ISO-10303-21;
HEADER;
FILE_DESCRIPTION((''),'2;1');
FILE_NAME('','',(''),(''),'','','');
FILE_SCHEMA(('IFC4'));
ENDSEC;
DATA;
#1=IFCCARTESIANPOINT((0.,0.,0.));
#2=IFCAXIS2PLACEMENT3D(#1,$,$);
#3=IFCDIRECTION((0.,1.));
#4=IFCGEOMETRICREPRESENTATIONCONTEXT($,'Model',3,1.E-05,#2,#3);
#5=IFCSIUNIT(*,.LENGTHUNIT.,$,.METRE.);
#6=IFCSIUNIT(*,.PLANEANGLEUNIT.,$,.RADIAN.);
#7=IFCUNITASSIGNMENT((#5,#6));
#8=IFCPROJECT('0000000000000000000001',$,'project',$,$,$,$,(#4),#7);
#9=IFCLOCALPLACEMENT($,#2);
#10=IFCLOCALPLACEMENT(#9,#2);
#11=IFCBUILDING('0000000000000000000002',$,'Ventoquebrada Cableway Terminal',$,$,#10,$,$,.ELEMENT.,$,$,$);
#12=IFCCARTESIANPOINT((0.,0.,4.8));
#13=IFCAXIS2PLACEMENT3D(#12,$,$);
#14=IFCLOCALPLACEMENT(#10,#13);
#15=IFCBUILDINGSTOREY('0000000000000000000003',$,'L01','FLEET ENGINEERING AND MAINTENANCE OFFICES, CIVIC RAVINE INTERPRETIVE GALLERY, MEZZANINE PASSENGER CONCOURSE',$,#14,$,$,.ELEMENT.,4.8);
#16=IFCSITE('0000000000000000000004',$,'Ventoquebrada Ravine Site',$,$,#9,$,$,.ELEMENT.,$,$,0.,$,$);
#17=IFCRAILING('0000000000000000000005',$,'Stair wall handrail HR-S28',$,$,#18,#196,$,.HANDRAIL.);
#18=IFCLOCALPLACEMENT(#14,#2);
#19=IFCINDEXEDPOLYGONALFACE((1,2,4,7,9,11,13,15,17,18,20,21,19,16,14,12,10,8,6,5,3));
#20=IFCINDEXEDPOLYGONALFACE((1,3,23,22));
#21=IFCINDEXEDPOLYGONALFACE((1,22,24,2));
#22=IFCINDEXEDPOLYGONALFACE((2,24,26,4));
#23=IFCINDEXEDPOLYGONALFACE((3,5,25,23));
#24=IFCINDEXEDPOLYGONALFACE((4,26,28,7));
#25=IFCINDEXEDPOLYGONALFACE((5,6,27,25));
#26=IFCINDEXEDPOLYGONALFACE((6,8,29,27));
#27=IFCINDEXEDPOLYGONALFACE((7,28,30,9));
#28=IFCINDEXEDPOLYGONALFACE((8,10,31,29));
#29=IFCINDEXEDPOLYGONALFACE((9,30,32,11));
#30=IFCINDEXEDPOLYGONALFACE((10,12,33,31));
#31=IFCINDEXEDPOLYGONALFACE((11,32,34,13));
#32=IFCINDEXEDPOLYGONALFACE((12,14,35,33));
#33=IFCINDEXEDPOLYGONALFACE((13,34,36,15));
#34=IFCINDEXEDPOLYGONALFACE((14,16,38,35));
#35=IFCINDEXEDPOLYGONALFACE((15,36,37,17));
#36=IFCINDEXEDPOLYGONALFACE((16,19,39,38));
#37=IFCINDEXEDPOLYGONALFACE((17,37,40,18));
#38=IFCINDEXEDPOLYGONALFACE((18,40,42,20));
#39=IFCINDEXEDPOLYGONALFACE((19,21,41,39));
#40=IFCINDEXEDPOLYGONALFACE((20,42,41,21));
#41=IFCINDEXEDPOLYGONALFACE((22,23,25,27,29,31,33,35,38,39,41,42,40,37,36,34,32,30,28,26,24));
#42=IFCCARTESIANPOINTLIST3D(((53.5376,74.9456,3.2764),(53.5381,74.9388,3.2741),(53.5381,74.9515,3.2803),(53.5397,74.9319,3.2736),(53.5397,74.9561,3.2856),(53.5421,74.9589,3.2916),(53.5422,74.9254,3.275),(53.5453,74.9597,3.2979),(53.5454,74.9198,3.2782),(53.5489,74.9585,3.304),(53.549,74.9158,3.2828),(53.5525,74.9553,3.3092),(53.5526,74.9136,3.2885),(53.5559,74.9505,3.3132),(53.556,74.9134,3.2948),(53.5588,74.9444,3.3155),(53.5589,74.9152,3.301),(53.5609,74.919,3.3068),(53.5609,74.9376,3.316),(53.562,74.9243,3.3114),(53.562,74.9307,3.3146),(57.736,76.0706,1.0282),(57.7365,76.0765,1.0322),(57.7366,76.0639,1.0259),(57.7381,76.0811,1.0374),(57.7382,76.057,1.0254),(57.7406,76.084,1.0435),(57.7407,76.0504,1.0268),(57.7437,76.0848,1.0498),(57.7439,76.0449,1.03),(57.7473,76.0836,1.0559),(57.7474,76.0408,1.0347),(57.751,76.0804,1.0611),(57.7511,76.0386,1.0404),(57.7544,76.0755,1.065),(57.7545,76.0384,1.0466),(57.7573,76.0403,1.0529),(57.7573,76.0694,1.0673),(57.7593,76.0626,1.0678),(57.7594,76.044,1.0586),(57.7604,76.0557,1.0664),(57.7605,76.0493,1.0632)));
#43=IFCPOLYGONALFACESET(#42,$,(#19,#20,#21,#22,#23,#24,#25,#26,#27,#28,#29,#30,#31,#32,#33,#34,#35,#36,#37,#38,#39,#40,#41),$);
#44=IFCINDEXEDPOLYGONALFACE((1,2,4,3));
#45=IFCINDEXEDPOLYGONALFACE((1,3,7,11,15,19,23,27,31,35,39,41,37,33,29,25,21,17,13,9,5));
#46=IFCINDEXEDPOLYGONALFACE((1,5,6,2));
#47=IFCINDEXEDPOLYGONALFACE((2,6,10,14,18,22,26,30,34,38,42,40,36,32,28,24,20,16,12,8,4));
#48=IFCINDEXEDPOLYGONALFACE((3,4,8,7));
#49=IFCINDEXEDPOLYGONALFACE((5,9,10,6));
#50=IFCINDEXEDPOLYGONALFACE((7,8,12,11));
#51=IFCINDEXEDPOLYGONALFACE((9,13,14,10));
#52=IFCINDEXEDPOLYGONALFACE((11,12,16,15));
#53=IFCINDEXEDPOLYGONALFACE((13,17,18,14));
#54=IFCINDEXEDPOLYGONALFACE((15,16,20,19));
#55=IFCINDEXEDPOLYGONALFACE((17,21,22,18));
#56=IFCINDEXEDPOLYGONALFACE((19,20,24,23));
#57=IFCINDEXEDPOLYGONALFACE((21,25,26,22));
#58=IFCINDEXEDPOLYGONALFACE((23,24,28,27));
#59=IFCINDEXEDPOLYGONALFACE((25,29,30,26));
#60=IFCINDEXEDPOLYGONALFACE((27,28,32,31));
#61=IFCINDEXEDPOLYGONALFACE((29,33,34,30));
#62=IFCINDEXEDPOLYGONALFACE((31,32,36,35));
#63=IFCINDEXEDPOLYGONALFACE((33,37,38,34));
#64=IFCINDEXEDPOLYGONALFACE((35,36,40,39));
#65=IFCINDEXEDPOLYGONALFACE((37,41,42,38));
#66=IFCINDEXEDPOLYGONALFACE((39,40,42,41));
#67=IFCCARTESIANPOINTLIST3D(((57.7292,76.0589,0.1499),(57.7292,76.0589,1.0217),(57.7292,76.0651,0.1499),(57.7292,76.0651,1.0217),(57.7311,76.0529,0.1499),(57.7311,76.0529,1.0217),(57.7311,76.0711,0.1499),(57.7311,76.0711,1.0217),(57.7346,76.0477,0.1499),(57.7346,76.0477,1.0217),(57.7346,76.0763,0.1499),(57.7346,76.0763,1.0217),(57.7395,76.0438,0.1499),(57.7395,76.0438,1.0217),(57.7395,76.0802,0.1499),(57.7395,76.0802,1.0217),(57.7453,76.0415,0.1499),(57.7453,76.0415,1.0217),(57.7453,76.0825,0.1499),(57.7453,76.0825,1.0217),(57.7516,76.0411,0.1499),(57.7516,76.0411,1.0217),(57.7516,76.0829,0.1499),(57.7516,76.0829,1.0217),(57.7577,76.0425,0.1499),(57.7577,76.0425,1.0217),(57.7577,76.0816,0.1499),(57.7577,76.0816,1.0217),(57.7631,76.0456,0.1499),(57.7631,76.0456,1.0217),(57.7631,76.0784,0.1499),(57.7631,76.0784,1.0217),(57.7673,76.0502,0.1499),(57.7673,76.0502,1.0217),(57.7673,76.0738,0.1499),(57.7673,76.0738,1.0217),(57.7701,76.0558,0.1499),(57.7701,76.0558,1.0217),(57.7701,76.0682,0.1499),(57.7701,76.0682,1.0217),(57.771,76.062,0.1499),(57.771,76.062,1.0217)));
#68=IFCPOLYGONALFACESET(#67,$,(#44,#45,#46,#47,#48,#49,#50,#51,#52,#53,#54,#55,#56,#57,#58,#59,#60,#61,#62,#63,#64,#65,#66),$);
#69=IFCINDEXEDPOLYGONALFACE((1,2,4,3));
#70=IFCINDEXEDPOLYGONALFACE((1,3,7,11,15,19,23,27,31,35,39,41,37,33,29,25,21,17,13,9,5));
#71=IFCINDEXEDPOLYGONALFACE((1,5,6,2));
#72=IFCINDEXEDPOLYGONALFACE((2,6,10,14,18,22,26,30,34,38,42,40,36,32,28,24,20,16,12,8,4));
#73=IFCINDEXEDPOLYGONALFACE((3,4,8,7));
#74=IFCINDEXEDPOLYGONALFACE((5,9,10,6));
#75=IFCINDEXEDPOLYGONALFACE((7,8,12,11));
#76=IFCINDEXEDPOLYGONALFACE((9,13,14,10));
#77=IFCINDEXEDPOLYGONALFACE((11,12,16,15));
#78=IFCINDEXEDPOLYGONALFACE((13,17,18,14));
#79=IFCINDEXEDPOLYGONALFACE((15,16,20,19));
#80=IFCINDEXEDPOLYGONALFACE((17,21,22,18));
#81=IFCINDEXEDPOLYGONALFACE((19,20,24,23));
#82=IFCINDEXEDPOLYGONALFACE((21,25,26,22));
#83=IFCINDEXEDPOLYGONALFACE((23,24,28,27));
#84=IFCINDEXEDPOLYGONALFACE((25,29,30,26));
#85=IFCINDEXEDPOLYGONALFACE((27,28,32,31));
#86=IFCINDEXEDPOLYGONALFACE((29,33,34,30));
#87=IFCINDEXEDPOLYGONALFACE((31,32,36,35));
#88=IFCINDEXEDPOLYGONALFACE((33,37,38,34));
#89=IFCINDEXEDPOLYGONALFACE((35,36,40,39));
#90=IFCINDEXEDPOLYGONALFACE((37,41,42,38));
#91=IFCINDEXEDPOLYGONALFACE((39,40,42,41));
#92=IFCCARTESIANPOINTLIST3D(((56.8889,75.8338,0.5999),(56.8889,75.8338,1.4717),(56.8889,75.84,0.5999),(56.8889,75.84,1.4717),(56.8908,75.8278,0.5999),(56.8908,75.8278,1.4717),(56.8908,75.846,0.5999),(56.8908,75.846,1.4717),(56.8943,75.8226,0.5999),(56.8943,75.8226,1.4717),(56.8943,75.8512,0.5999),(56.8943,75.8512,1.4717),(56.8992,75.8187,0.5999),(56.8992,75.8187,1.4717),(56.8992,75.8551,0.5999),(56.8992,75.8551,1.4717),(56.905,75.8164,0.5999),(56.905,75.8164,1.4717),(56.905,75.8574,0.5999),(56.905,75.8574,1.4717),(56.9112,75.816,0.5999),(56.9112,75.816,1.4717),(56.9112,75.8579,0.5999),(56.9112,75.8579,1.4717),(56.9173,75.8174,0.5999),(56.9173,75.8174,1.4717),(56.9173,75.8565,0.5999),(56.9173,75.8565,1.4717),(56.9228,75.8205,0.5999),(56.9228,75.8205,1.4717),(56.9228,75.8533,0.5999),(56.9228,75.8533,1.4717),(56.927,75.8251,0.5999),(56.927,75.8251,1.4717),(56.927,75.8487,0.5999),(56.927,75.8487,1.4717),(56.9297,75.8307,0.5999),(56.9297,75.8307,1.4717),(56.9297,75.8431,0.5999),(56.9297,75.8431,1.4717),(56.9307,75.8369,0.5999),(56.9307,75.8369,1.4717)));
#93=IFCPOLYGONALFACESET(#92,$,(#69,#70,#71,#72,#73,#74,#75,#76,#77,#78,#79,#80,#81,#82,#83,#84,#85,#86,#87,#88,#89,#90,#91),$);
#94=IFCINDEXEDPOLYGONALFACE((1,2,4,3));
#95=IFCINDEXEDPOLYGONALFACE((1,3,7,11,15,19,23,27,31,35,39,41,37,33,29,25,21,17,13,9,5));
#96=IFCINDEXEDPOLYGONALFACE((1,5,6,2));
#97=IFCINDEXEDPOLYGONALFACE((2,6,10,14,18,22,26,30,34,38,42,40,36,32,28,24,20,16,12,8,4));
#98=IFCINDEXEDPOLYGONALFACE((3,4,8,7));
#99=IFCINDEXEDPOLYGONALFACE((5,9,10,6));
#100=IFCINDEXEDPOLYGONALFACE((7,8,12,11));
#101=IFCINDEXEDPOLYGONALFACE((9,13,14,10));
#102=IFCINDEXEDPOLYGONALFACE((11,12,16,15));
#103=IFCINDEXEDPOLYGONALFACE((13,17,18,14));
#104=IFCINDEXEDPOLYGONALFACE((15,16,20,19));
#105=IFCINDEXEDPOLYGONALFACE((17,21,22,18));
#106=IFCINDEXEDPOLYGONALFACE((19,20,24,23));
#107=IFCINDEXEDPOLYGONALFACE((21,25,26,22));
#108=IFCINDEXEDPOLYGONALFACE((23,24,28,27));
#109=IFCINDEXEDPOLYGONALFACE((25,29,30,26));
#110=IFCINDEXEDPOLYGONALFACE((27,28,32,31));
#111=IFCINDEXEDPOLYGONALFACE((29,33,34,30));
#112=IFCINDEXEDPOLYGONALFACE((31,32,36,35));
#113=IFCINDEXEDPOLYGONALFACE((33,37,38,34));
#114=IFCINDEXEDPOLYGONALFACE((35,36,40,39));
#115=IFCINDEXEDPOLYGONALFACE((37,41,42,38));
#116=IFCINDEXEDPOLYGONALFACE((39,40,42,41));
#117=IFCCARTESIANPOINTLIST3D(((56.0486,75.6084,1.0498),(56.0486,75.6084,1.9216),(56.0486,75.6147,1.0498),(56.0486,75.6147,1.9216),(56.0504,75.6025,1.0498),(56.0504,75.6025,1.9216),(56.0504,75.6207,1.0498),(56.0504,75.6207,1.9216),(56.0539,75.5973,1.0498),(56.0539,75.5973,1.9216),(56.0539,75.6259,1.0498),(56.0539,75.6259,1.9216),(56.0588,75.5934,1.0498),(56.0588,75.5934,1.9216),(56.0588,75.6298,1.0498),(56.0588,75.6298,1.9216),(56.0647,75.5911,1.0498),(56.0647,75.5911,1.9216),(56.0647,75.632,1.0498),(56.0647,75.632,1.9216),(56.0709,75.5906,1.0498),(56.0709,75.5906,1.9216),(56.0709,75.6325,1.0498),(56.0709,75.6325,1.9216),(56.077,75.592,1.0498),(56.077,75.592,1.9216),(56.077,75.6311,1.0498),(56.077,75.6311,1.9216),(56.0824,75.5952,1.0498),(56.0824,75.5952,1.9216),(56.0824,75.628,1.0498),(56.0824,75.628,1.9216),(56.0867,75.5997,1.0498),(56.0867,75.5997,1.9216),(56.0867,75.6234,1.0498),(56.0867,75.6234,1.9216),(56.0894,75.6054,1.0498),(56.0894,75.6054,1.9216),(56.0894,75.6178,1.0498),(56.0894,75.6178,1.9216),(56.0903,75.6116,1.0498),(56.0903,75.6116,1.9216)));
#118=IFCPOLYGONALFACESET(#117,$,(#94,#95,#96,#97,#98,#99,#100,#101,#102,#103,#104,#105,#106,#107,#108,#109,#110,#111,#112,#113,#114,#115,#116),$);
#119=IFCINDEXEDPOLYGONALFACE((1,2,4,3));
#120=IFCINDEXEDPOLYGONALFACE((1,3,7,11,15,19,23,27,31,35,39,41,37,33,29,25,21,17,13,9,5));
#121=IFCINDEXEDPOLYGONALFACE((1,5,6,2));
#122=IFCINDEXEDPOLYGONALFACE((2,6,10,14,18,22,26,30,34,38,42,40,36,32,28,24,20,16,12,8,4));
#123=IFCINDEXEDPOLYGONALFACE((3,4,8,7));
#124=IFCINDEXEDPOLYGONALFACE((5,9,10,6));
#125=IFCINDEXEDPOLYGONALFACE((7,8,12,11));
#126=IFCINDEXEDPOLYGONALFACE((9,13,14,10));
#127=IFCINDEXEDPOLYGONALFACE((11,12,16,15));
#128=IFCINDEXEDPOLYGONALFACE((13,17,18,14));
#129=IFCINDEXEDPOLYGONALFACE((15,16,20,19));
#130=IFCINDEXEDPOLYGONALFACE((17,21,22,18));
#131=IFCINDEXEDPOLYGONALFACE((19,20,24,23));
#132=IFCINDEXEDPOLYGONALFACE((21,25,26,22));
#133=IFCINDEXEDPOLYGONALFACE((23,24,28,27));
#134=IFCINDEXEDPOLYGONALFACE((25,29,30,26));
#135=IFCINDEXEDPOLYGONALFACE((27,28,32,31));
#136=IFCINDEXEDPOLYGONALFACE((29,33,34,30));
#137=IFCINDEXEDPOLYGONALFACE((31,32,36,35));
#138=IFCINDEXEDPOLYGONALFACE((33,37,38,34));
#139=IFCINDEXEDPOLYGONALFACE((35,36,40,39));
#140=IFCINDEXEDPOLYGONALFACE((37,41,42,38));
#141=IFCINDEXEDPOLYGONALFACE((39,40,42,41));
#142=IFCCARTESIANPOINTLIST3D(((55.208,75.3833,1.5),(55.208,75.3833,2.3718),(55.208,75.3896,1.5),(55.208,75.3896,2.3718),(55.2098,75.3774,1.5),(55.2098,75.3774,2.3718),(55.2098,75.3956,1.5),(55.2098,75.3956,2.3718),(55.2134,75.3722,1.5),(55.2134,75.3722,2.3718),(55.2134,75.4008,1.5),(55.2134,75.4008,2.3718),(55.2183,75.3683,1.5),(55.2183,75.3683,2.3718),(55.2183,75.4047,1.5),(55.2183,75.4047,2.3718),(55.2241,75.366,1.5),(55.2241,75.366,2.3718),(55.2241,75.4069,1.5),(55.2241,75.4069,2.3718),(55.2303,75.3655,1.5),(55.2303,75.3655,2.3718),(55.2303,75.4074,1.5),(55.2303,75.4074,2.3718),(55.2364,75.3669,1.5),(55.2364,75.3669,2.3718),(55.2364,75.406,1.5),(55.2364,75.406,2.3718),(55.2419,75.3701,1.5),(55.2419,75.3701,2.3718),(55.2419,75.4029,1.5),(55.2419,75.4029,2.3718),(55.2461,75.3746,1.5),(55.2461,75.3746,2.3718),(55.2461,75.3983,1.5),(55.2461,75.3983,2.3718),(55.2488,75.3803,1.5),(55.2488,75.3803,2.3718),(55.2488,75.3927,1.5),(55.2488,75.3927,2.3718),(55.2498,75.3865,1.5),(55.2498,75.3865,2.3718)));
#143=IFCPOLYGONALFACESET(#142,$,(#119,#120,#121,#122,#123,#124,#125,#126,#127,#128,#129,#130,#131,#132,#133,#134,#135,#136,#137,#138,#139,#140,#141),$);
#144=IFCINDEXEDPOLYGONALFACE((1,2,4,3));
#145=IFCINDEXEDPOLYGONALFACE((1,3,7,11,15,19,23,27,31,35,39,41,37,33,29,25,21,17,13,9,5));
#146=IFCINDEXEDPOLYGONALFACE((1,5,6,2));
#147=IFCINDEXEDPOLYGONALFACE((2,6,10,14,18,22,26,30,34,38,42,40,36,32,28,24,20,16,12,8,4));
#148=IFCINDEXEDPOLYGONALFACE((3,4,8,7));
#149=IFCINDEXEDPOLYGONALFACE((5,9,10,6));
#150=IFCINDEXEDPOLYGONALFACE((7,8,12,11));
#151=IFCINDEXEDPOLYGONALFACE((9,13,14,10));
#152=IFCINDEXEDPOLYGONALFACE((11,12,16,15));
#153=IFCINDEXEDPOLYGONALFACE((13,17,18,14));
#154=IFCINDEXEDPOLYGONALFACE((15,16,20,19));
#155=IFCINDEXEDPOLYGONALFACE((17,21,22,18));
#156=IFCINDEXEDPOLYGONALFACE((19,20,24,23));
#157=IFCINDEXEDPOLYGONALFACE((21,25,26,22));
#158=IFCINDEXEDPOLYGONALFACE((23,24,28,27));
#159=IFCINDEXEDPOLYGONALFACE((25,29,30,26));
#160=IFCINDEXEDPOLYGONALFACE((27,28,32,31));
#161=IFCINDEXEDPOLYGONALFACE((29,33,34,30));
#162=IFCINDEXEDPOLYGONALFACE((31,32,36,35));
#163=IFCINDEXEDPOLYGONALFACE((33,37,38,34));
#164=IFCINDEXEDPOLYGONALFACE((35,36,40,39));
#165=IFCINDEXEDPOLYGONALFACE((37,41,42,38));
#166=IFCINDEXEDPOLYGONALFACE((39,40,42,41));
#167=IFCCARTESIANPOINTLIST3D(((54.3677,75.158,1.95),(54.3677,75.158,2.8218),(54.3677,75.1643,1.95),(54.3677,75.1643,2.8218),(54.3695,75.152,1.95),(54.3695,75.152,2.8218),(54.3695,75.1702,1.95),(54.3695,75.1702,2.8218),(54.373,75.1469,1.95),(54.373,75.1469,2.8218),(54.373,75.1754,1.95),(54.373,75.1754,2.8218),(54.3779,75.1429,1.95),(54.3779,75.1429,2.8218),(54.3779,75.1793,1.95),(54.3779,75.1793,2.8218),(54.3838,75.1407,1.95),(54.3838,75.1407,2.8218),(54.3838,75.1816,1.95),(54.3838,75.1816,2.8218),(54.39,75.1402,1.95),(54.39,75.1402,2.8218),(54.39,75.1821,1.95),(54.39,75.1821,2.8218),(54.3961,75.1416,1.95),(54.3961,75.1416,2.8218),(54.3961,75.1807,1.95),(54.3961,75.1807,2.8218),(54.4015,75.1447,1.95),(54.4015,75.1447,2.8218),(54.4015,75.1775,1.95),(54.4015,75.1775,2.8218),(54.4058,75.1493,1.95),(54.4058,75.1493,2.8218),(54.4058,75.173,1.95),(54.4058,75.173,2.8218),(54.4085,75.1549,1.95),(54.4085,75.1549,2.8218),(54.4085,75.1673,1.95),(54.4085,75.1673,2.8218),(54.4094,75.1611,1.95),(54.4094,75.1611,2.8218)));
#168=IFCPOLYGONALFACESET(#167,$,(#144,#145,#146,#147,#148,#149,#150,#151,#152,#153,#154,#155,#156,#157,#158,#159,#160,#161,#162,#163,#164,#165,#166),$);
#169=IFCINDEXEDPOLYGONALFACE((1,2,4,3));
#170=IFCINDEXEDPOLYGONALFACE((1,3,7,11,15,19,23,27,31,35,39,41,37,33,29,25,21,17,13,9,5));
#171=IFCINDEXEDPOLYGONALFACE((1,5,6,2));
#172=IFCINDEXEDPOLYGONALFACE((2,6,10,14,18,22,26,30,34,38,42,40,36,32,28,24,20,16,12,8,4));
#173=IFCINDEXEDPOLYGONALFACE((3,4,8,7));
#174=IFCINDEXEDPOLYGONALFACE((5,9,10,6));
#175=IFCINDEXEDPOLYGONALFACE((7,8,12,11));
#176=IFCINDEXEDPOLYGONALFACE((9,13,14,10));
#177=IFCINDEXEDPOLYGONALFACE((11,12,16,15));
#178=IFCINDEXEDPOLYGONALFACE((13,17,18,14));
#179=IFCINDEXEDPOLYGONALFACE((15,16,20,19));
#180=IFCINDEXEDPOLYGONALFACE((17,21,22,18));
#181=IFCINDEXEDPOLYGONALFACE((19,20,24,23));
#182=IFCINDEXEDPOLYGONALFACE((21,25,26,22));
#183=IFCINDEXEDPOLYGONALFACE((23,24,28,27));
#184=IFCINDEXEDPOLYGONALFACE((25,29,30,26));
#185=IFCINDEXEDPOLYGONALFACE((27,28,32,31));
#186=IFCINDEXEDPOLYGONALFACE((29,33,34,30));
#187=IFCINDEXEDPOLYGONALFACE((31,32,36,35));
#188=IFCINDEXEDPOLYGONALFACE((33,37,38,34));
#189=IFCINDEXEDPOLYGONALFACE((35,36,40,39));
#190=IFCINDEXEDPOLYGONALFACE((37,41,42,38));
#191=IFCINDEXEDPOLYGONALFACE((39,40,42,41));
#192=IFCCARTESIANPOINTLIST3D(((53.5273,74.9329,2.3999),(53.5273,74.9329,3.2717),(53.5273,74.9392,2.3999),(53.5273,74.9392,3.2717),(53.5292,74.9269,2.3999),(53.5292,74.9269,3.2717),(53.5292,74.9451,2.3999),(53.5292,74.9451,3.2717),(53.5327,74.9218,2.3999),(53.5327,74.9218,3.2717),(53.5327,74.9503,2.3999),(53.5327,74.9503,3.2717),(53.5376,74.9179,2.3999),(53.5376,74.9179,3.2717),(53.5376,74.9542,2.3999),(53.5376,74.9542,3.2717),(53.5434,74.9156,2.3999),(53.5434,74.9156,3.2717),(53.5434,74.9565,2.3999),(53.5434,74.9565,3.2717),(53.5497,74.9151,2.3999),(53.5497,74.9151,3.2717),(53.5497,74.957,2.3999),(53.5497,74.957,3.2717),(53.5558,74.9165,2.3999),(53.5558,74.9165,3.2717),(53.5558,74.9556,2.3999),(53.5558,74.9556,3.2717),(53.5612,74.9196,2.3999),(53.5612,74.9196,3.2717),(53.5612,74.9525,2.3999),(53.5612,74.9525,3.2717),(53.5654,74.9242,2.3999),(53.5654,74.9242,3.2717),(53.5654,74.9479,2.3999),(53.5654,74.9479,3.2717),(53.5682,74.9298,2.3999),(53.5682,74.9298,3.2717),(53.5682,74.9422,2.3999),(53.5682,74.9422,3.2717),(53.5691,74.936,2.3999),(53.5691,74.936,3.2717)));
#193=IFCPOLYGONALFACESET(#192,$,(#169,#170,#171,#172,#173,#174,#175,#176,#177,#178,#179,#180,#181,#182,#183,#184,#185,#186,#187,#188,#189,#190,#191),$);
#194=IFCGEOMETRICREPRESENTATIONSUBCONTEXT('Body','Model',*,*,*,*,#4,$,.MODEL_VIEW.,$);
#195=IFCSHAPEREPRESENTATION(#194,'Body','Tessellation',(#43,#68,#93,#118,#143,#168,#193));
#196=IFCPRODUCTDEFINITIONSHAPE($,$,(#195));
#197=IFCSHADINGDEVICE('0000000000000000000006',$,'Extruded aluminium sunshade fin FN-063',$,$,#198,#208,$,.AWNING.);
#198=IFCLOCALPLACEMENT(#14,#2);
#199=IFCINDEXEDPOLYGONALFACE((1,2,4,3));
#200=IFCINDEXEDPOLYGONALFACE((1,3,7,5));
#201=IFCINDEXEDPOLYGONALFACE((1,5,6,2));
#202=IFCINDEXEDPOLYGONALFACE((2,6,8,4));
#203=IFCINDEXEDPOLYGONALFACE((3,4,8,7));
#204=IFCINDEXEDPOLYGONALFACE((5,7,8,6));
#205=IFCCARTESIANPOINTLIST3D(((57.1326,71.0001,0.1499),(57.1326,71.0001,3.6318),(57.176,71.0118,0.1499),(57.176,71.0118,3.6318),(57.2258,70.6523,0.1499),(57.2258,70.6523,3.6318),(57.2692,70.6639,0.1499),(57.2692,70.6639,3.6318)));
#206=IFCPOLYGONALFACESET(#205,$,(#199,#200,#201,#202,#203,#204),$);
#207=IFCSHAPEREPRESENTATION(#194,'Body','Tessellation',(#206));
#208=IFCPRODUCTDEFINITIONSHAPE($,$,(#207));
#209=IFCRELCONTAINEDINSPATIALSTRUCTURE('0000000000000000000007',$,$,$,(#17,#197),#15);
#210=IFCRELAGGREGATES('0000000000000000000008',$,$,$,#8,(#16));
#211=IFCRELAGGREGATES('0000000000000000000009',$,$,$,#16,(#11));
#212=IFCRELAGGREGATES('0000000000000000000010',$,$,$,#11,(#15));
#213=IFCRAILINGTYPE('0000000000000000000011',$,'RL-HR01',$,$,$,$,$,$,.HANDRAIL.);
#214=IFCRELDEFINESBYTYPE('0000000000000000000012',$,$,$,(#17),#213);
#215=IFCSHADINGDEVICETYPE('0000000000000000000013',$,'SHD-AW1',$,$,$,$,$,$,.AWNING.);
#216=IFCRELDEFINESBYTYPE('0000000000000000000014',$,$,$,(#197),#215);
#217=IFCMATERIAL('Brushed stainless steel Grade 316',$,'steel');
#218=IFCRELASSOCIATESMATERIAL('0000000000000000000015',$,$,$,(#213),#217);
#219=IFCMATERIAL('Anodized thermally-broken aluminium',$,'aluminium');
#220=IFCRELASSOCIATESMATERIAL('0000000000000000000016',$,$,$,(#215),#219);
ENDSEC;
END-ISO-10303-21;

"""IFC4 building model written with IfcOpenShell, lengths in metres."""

from ifc_helpers import new_model, si_unit, direction, frame, origin, origin_2d, place, context, subcontext, project, spatial, rectangle, circle, extrude, material, type_object, element, save


model = new_model("IFC4")

# Units and contexts
model_context = context("Model", 3, precision=1e-05, world=origin(), true_north=direction((0.0, 1.0)))
body_context = subcontext(model_context, "Body", "Model", "MODEL_VIEW")
ifc_project = project(units=[si_unit("LENGTHUNIT", "METRE"), si_unit("PLANEANGLEUNIT", "RADIAN")], contexts=[model_context])

# Site, building, storey
site_placement = place(None, origin())
site = spatial("IfcSite", under=ifc_project, at=site_placement, Name="Ventoquebrada Ravine Site", CompositionType="ELEMENT", RefElevation=0.0)
building_placement = place(site_placement, origin())
building = spatial("IfcBuilding", under=site, at=building_placement, Name="Ventoquebrada Cableway Terminal", CompositionType="ELEMENT")
storey_placement = place(building_placement, frame((0.0, 0.0, 4.8)))
storey = spatial("IfcBuildingStorey", under=building, at=storey_placement, Name="L01", Description="FLEET ENGINEERING AND MAINTENANCE OFFICES, CIVIC RAVINE INTERPRETIVE GALLERY, MEZZANINE PASSENGER CONCOURSE", CompositionType="ELEMENT", Elevation=4.8)

# Shared definitions
ifc_material_1 = material(Name="Anodized thermally-broken aluminium", Category="aluminium")

# Railing
ifc_material_2 = material(Name="Brushed stainless steel Grade 316", Category="steel")
railing_type_1 = type_object("IfcRailingType", Name="RL-HR01", PredefinedType="HANDRAIL", material=ifc_material_2)
railing_1_placement = place(storey_placement, frame((57.75, 76.062, 0.1499)))
element("IfcRailing", 1, at=railing_1_placement, inside=storey, type_object=railing_type_1, Name="Stair wall handrail HR-S28", PredefinedType="HANDRAIL", context=body_context, shape_type="SweptSolid", body=[
    extrude(circle(Radius=0.0239, at=origin_2d()), frame((-0.0017, -0.0005, 0.8967), z_axis=(-0.857955, -0.229905, 0.45941), x_axis=(0.258836, -0.965921, 0.0)), (0.0, 0.0, 1.0), 4.8936),
    extrude(circle(Radius=0.021, at=origin_2d()), origin(), (0.0, 0.0, 1.0), 0.8718),
    extrude(circle(Radius=0.021, at=origin_2d()), frame((-0.8403, -0.2251, 0.45)), (0.0, 0.0, 1.0), 0.8718),
    extrude(circle(Radius=0.021, at=origin_2d()), frame((-1.6807, -0.4504, 0.8999)), (0.0, 0.0, 1.0), 0.8718),
    extrude(circle(Radius=0.021, at=origin_2d()), frame((-2.5212, -0.6755, 1.3501)), (0.0, 0.0, 1.0), 0.8718),
    extrude(circle(Radius=0.021, at=origin_2d()), frame((-3.3616, -0.9009, 1.8)), (0.0, 0.0, 1.0), 0.8718),
    extrude(circle(Radius=0.021, at=origin_2d()), frame((-4.2019, -1.126, 2.25)), (0.0, 0.0, 1.0), 0.8718),
])

# Shading device
shading_device_type = type_object("IfcShadingDeviceType", Name="SHD-AW1", PredefinedType="AWNING", material=ifc_material_1)
shading_device_placement = place(storey_placement, frame((57.2009, 70.832, 0.1499), z_axis=(0.0, 0.0, 1.0), x_axis=(0.965935, 0.258785, 0.0)))
element("IfcShadingDevice", 2, at=shading_device_placement, inside=storey, type_object=shading_device_type, Name="Extruded aluminium sunshade fin FN-063", PredefinedType="AWNING", context=body_context, shape_type="SweptSolid", body=[
    extrude(rectangle(XDim=0.0449, YDim=0.3601, at=origin_2d()), origin(), (0.0, 0.0, 1.0), 3.4819),
])

save(model, "model.ifc")
